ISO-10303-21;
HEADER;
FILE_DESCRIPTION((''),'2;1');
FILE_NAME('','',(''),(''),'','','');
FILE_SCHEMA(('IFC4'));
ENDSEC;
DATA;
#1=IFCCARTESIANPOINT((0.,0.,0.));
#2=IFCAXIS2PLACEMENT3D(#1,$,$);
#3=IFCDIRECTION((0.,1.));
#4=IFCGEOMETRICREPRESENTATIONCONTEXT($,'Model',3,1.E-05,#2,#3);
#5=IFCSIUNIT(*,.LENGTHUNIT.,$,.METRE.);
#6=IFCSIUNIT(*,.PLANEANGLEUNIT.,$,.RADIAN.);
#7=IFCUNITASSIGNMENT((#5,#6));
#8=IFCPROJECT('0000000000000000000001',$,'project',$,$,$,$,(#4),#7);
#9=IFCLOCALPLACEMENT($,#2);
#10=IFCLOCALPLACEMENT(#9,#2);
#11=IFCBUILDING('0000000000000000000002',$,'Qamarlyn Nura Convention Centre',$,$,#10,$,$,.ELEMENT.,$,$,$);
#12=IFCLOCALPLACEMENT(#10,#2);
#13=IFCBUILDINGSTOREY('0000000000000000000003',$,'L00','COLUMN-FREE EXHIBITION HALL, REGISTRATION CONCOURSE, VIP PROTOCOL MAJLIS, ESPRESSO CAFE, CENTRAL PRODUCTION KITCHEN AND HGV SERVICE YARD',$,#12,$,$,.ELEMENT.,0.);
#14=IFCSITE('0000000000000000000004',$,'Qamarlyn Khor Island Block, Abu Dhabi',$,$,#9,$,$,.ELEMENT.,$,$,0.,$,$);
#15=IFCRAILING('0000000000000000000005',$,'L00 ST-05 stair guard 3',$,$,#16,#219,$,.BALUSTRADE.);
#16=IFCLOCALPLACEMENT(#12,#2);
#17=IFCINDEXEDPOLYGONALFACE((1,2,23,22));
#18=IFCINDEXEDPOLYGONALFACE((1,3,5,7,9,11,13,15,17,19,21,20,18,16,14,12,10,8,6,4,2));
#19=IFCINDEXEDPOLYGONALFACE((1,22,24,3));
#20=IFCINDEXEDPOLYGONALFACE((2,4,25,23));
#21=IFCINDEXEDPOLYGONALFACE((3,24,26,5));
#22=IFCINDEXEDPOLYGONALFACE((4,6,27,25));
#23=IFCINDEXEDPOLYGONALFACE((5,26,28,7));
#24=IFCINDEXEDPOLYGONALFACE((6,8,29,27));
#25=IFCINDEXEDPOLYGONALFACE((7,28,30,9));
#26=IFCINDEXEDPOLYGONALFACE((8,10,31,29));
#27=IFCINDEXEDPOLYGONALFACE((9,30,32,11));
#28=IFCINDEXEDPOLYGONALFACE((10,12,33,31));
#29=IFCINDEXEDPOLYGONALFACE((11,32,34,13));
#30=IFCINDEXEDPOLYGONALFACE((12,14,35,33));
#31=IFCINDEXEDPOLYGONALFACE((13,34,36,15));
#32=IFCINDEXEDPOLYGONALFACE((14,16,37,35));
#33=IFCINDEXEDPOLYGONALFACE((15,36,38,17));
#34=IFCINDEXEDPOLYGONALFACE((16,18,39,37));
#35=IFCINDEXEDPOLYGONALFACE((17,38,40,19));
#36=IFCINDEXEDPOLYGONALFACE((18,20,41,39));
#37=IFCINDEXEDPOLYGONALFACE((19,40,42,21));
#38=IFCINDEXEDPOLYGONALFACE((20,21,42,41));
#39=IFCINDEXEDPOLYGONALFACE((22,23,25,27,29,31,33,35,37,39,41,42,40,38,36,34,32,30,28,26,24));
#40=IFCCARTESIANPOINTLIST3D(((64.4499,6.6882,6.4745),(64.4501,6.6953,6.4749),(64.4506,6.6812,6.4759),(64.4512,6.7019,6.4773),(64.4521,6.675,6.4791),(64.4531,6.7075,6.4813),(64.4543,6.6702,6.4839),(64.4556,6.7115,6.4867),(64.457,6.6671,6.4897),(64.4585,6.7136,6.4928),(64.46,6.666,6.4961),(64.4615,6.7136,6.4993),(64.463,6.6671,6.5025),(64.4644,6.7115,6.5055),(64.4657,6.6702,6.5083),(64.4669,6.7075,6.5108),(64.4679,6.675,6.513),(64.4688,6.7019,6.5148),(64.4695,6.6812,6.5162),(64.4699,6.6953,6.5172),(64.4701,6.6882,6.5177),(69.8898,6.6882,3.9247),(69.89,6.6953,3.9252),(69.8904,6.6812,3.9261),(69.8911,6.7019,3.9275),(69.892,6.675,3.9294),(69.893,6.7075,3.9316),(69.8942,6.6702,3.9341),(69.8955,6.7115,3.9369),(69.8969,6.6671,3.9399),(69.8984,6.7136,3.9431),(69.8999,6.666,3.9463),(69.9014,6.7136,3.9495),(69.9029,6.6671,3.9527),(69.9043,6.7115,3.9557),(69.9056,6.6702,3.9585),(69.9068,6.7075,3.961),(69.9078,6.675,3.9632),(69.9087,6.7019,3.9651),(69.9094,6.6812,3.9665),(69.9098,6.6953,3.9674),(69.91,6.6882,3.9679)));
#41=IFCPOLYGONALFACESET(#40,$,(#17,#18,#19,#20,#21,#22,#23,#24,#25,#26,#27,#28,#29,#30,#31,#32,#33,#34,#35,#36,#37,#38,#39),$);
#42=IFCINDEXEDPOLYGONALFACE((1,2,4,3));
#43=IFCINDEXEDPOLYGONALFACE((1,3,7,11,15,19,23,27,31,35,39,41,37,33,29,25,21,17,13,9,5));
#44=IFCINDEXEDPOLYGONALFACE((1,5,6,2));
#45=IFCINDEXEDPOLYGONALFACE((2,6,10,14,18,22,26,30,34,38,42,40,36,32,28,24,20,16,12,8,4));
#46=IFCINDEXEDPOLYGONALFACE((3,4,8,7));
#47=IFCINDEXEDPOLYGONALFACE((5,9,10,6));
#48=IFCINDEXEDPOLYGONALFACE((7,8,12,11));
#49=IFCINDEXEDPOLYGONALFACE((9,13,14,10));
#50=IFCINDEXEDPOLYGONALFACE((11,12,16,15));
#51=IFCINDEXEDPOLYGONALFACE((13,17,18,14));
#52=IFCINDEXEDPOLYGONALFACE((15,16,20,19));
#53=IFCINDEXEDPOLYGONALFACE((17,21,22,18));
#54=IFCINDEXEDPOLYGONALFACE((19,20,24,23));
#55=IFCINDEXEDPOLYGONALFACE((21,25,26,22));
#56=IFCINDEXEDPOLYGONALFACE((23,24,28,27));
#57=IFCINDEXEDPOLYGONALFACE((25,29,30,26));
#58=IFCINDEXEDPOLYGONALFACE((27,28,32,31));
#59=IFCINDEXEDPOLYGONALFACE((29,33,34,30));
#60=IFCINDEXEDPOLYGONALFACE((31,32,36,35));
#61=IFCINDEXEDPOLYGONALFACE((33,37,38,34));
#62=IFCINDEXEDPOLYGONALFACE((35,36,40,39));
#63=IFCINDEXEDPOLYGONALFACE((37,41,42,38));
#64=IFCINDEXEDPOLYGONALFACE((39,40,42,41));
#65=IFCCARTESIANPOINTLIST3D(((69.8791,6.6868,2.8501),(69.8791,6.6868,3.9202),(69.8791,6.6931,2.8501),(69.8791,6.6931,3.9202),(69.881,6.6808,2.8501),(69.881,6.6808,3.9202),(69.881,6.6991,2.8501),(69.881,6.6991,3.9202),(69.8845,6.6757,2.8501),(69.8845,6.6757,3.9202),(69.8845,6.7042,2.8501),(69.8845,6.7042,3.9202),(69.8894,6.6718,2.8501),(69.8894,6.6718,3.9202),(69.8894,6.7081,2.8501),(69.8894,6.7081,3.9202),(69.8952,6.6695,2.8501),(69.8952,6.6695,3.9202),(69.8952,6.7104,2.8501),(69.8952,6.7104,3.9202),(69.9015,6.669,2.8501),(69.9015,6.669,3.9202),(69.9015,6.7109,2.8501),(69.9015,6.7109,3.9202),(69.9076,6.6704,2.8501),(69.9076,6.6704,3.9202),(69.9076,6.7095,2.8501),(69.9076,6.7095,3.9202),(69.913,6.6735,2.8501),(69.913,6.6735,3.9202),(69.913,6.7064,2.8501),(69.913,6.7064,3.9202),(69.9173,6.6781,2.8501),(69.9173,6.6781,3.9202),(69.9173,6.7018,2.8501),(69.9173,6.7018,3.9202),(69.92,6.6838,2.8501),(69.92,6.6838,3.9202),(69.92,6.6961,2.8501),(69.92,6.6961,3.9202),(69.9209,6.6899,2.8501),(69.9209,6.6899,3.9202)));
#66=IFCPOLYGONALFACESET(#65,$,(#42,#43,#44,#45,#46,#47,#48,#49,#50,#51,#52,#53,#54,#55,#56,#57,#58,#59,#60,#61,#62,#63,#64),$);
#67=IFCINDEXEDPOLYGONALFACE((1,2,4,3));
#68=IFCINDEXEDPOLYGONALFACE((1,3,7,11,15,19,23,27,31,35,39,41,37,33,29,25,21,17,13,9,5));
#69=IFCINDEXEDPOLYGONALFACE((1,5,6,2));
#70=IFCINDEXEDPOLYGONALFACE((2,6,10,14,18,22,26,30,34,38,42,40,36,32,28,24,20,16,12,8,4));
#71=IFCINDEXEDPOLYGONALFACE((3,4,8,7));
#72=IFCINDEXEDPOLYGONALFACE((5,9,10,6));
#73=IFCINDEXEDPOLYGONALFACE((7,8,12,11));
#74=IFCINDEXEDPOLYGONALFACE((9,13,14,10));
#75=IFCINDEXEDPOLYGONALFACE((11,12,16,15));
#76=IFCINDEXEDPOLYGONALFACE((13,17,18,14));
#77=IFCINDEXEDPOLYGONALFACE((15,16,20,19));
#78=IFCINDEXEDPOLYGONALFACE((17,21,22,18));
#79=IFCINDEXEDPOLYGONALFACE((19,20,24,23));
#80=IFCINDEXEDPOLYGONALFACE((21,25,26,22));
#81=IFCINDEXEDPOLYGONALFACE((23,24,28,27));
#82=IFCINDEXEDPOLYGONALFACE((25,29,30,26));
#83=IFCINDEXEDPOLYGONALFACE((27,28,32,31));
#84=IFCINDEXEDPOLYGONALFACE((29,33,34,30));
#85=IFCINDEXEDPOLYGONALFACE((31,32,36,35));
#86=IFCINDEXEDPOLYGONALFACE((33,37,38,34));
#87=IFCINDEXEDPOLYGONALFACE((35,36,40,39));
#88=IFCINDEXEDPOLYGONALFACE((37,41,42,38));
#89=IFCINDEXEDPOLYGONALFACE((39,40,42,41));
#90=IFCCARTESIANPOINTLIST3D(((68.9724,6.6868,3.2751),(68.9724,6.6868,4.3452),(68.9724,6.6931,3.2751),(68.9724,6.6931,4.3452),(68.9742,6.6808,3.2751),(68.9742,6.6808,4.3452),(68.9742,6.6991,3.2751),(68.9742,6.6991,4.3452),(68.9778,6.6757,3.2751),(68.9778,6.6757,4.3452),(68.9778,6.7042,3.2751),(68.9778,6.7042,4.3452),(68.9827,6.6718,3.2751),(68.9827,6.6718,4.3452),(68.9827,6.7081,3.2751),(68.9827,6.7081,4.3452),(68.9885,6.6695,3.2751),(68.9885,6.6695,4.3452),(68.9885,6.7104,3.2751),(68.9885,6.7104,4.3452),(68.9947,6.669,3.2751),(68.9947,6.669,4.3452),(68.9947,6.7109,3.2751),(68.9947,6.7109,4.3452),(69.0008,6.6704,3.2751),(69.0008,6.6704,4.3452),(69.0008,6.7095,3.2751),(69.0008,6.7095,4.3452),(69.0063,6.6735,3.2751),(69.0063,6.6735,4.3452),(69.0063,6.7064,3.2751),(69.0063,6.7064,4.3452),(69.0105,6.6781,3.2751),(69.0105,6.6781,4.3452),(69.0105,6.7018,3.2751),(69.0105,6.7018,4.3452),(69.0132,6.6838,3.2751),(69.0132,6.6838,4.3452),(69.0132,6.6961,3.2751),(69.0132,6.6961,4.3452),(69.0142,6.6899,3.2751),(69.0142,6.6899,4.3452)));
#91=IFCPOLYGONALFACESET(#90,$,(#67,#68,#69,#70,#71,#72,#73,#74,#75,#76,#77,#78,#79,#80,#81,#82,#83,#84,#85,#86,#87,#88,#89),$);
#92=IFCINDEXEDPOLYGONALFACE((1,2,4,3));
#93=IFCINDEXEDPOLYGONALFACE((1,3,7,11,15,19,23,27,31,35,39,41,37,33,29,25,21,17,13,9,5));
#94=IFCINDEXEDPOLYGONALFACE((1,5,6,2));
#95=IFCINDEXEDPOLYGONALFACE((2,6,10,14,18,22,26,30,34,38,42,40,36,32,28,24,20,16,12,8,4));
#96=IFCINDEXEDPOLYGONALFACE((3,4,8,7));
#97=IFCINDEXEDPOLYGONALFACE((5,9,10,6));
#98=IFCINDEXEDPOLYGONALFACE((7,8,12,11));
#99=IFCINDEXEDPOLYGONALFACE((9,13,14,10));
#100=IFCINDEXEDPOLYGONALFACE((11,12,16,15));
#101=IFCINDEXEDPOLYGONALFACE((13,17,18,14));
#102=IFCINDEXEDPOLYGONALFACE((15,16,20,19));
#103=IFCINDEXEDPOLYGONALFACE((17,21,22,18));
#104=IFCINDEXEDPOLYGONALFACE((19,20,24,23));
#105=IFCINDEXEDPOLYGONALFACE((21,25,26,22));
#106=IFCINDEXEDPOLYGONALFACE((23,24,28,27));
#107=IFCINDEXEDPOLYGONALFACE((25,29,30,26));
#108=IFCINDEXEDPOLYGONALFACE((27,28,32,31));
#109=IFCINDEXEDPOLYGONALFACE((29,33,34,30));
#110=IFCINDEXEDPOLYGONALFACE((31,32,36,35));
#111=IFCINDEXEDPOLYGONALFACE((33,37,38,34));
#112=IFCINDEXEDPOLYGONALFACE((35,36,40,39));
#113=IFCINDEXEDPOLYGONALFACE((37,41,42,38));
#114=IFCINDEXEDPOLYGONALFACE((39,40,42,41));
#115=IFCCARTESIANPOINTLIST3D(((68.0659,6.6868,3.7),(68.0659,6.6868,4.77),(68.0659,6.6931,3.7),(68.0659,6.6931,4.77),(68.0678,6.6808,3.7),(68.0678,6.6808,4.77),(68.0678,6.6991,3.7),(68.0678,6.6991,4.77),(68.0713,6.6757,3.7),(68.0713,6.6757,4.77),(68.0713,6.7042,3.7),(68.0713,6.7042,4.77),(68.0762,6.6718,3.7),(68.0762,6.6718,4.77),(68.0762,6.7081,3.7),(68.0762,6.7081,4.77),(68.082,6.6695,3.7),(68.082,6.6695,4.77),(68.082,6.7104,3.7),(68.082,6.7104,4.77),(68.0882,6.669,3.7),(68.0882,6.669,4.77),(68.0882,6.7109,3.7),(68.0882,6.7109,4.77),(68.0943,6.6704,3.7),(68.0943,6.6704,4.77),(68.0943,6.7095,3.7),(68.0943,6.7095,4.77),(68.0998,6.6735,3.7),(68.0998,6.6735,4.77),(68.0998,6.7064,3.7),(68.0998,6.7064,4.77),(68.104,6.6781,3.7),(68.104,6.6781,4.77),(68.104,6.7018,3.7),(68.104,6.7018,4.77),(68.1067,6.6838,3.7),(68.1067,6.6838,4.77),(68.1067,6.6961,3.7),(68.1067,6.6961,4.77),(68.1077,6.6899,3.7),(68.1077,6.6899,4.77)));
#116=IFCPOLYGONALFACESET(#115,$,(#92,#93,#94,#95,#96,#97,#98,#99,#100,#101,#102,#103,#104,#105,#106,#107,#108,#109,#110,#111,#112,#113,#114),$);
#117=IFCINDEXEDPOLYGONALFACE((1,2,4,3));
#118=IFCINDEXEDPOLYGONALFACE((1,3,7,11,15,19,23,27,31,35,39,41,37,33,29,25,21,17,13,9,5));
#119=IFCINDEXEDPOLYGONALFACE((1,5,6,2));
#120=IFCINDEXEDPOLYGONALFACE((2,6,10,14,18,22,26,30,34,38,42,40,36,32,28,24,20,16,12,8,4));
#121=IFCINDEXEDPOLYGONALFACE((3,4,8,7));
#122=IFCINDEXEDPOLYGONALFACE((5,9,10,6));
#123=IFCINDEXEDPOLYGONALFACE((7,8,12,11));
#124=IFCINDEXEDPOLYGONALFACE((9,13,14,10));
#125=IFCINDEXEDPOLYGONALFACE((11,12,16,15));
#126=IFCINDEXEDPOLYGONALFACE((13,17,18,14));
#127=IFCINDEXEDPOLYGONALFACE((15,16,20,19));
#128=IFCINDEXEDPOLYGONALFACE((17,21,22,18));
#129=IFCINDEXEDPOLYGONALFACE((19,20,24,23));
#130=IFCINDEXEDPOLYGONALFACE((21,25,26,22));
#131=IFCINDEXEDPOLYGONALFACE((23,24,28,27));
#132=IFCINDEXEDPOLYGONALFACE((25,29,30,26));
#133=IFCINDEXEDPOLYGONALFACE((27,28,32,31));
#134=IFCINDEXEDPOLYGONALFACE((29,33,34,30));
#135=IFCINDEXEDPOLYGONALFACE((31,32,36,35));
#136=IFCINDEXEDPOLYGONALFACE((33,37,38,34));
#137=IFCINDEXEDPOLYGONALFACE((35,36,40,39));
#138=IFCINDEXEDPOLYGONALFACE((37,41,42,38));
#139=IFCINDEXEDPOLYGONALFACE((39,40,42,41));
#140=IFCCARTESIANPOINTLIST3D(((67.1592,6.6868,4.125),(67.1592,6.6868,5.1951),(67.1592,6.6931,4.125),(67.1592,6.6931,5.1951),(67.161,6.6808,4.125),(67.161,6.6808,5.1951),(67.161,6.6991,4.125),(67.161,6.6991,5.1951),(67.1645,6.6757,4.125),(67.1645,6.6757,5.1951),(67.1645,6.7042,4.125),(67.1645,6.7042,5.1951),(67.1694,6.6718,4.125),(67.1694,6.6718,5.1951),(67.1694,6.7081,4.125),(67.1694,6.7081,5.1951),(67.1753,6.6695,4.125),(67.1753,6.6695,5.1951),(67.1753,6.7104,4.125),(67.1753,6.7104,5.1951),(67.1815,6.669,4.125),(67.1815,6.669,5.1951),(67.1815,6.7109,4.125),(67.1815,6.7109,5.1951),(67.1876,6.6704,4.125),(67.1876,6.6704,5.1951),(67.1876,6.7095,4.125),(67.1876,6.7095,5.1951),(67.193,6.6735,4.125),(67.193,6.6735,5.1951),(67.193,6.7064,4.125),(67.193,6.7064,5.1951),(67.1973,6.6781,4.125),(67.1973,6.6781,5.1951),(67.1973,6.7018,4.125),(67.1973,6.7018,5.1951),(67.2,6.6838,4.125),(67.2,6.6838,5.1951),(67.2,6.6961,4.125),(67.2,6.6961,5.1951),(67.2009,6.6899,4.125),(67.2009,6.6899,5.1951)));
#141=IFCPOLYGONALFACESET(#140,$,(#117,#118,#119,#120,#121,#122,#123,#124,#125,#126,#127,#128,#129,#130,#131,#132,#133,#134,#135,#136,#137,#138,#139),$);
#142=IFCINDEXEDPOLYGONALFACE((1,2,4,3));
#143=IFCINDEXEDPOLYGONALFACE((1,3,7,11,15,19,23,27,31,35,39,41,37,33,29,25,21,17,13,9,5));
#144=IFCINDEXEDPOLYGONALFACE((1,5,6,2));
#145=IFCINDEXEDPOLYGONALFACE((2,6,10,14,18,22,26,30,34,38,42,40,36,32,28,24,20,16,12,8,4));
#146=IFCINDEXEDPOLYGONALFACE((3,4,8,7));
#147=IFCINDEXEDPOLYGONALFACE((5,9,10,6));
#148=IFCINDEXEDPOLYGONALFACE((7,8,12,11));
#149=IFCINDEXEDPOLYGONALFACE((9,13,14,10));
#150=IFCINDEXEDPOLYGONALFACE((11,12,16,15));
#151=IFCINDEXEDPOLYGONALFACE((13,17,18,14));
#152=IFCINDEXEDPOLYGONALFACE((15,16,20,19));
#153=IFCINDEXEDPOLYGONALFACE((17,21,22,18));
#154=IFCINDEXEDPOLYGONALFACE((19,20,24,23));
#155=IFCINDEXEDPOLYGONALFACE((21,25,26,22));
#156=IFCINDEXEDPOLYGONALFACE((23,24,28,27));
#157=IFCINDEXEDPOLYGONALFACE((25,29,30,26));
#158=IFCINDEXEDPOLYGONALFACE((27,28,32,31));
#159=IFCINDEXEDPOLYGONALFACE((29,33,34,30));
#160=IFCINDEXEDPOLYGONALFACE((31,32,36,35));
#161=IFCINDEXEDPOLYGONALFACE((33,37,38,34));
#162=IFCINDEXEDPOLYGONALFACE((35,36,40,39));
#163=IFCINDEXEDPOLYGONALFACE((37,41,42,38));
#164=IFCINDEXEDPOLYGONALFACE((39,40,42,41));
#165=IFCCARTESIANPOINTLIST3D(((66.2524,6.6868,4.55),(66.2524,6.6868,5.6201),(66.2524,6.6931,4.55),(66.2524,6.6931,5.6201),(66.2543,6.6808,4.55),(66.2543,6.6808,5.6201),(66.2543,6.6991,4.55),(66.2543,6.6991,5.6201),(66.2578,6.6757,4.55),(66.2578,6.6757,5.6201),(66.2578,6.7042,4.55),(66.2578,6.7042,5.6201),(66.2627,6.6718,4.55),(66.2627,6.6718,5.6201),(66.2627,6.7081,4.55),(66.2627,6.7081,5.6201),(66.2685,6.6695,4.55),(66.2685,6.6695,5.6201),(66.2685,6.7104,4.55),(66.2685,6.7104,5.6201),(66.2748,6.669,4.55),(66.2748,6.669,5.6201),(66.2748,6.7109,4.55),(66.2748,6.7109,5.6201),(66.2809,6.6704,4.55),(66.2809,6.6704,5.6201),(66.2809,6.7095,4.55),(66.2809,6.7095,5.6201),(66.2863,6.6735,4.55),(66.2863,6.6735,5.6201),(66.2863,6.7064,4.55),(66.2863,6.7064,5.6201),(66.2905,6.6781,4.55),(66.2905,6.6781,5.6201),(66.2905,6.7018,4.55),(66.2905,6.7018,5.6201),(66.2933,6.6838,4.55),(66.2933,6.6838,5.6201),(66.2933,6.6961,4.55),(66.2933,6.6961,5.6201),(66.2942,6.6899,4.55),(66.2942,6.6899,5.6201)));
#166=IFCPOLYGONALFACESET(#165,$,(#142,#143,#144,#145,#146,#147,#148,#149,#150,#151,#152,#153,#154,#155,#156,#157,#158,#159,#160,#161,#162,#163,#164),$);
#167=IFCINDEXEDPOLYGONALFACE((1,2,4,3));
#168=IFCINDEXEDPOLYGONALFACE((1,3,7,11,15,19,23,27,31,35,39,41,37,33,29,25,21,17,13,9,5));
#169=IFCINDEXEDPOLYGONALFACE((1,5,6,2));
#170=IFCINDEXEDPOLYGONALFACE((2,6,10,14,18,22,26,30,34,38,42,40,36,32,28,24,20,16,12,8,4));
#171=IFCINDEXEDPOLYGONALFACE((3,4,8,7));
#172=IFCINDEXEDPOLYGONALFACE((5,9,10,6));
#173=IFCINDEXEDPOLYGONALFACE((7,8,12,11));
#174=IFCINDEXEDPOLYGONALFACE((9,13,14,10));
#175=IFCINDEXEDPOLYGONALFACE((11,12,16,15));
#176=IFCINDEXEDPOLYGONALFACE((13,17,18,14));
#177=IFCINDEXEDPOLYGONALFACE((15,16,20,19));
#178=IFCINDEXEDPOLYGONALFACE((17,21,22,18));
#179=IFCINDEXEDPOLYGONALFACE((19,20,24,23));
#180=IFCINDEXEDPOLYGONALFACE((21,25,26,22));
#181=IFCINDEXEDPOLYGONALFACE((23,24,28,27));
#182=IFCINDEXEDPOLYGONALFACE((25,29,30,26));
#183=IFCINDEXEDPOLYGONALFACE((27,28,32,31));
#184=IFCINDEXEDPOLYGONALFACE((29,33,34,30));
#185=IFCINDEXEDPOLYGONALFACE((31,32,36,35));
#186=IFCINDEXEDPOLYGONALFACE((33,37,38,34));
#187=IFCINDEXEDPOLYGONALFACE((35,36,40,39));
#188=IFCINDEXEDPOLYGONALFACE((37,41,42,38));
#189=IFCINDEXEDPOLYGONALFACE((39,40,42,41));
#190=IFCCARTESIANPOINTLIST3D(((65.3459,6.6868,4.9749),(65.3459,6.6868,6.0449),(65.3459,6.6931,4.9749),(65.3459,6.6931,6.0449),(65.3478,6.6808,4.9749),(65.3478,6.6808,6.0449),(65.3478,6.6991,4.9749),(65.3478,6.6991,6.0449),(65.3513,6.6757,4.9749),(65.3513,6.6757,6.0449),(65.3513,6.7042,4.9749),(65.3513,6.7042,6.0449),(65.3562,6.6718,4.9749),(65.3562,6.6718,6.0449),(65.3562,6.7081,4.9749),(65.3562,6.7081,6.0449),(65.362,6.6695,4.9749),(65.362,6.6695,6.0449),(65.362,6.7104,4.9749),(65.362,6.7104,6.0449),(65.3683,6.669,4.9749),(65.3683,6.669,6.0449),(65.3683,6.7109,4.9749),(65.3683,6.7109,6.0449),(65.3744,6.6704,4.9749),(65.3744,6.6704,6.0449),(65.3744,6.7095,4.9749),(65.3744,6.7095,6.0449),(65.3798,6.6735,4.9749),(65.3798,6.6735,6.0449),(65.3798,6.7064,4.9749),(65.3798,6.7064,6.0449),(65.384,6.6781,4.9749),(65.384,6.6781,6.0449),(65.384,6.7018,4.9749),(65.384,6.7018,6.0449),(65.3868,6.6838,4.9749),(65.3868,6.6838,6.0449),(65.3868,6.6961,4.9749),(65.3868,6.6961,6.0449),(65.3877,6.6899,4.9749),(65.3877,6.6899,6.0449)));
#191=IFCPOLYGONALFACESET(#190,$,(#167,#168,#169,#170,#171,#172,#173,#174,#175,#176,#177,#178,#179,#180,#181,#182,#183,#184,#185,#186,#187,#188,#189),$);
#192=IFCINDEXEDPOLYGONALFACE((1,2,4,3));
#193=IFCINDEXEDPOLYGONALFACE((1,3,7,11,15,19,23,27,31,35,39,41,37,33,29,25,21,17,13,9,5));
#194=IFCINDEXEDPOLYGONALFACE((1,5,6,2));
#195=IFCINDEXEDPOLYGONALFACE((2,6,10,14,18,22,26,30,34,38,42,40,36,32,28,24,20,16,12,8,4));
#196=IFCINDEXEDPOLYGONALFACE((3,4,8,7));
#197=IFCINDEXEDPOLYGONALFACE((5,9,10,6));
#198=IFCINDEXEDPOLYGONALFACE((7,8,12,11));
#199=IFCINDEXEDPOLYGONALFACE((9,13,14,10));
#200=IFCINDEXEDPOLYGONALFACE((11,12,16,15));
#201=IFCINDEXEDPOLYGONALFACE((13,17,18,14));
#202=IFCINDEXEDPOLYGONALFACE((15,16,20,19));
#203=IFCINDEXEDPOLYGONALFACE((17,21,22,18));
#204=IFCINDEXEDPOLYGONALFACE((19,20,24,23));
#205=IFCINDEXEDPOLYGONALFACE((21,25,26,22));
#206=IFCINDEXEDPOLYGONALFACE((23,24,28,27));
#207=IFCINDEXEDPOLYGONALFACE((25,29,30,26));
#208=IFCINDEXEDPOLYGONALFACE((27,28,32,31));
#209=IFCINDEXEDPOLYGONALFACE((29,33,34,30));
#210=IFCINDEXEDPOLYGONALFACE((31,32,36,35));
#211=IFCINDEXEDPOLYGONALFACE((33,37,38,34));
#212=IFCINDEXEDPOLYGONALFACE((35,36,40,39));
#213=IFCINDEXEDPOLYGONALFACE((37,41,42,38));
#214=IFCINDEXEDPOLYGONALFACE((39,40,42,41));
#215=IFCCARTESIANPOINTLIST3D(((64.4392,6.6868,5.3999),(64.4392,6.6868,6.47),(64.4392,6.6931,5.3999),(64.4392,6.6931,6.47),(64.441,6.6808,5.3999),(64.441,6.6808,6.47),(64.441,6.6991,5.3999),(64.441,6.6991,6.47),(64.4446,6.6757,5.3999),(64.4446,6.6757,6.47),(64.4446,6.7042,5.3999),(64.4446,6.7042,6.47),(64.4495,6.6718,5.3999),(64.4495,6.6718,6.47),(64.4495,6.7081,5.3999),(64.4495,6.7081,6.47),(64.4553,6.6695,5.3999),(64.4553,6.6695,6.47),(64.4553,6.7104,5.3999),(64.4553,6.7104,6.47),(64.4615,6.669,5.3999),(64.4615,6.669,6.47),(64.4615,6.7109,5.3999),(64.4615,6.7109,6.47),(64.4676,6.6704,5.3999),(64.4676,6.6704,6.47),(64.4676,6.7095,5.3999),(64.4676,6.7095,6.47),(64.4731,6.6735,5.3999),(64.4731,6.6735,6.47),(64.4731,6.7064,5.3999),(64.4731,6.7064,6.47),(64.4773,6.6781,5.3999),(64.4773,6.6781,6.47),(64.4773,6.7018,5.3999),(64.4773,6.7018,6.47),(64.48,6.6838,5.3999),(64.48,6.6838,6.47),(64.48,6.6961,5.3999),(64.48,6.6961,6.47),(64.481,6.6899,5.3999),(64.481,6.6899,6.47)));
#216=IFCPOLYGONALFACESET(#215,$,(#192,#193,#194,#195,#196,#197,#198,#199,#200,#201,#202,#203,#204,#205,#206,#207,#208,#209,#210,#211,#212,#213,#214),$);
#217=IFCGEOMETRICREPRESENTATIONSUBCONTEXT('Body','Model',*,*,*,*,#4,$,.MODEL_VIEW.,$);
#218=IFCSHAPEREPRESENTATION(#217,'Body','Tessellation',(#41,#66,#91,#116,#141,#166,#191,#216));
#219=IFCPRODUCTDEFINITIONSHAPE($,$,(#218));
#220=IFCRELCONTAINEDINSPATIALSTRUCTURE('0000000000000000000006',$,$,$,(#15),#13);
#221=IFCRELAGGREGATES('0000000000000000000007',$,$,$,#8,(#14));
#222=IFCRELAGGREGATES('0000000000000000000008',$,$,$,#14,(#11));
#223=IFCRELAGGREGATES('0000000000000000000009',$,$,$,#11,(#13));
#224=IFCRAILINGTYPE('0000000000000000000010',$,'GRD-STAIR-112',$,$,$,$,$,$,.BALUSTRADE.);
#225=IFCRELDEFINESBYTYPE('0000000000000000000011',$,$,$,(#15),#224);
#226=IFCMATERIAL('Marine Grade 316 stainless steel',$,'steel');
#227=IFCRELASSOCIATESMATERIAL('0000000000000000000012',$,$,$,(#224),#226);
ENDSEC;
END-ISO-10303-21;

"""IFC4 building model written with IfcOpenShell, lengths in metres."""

from ifc_helpers import new_model, si_unit, direction, frame, origin, origin_2d, place, context, subcontext, project, spatial, circle, extrude, material, type_object, element, save


model = new_model("IFC4")

# Units and contexts
model_context = context("Model", 3, precision=1e-05, world=origin(), true_north=direction((0.0, 1.0)))
body_context = subcontext(model_context, "Body", "Model", "MODEL_VIEW")
ifc_project = project(units=[si_unit("LENGTHUNIT", "METRE"), si_unit("PLANEANGLEUNIT", "RADIAN")], contexts=[model_context])

# Site, building, storey
site_placement = place(None, origin())
site = spatial("IfcSite", under=ifc_project, at=site_placement, Name="Qamarlyn Khor Island Block, Abu Dhabi", CompositionType="ELEMENT", RefElevation=0.0)
building_placement = place(site_placement, origin())
building = spatial("IfcBuilding", under=site, at=building_placement, Name="Qamarlyn Nura Convention Centre", CompositionType="ELEMENT")
storey_placement = place(building_placement, origin())
storey = spatial("IfcBuildingStorey", under=building, at=storey_placement, Name="L00", Description="COLUMN-FREE EXHIBITION HALL, REGISTRATION CONCOURSE, VIP PROTOCOL MAJLIS, ESPRESSO CAFE, CENTRAL PRODUCTION KITCHEN AND HGV SERVICE YARD", CompositionType="ELEMENT", Elevation=0.0)

# Railing
ifc_material_1 = material(Name="Marine Grade 316 stainless steel", Category="steel")
railing_type_1 = type_object("IfcRailingType", Name="GRD-STAIR-112", PredefinedType="BALUSTRADE", material=ifc_material_1)
railing_1_placement = place(storey_placement, frame((69.8999, 6.6899, 2.8501)))
element("IfcRailing", 1, at=railing_1_placement, inside=storey, type_object=railing_type_1, Name="L00 ST-05 stair guard 3", PredefinedType="BALUSTRADE", context=body_context, shape_type="SweptSolid", body=[
    extrude(circle(Radius=0.0239, at=origin_2d()), frame((0.0, 0.0, 1.0962), z_axis=(-0.90547, 0.0, 0.424411), x_axis=(0.0, -1.0, 0.0)), (0.0, 0.0, 1.0), 6.0078),
    extrude(circle(Radius=0.021, at=origin_2d()), origin(), (0.0, 0.0, 1.0), 1.0701),
    extrude(circle(Radius=0.021, at=origin_2d()), frame((-0.9067, 0.0, 0.425)), (0.0, 0.0, 1.0), 1.0701),
    extrude(circle(Radius=0.021, at=origin_2d()), frame((-1.8132, 0.0, 0.8499)), (0.0, 0.0, 1.0), 1.0701),
    extrude(circle(Radius=0.021, at=origin_2d()), frame((-2.72, 0.0, 1.2749)), (0.0, 0.0, 1.0), 1.0701),
    extrude(circle(Radius=0.021, at=origin_2d()), frame((-3.6267, 0.0, 1.7)), (0.0, 0.0, 1.0), 1.0701),
    extrude(circle(Radius=0.021, at=origin_2d()), frame((-4.5332, 0.0, 2.1248)), (0.0, 0.0, 1.0), 1.0701),
    extrude(circle(Radius=0.021, at=origin_2d()), frame((-5.4399, 0.0, 2.5498)), (0.0, 0.0, 1.0), 1.0701),
])

save(model, "model.ifc")
